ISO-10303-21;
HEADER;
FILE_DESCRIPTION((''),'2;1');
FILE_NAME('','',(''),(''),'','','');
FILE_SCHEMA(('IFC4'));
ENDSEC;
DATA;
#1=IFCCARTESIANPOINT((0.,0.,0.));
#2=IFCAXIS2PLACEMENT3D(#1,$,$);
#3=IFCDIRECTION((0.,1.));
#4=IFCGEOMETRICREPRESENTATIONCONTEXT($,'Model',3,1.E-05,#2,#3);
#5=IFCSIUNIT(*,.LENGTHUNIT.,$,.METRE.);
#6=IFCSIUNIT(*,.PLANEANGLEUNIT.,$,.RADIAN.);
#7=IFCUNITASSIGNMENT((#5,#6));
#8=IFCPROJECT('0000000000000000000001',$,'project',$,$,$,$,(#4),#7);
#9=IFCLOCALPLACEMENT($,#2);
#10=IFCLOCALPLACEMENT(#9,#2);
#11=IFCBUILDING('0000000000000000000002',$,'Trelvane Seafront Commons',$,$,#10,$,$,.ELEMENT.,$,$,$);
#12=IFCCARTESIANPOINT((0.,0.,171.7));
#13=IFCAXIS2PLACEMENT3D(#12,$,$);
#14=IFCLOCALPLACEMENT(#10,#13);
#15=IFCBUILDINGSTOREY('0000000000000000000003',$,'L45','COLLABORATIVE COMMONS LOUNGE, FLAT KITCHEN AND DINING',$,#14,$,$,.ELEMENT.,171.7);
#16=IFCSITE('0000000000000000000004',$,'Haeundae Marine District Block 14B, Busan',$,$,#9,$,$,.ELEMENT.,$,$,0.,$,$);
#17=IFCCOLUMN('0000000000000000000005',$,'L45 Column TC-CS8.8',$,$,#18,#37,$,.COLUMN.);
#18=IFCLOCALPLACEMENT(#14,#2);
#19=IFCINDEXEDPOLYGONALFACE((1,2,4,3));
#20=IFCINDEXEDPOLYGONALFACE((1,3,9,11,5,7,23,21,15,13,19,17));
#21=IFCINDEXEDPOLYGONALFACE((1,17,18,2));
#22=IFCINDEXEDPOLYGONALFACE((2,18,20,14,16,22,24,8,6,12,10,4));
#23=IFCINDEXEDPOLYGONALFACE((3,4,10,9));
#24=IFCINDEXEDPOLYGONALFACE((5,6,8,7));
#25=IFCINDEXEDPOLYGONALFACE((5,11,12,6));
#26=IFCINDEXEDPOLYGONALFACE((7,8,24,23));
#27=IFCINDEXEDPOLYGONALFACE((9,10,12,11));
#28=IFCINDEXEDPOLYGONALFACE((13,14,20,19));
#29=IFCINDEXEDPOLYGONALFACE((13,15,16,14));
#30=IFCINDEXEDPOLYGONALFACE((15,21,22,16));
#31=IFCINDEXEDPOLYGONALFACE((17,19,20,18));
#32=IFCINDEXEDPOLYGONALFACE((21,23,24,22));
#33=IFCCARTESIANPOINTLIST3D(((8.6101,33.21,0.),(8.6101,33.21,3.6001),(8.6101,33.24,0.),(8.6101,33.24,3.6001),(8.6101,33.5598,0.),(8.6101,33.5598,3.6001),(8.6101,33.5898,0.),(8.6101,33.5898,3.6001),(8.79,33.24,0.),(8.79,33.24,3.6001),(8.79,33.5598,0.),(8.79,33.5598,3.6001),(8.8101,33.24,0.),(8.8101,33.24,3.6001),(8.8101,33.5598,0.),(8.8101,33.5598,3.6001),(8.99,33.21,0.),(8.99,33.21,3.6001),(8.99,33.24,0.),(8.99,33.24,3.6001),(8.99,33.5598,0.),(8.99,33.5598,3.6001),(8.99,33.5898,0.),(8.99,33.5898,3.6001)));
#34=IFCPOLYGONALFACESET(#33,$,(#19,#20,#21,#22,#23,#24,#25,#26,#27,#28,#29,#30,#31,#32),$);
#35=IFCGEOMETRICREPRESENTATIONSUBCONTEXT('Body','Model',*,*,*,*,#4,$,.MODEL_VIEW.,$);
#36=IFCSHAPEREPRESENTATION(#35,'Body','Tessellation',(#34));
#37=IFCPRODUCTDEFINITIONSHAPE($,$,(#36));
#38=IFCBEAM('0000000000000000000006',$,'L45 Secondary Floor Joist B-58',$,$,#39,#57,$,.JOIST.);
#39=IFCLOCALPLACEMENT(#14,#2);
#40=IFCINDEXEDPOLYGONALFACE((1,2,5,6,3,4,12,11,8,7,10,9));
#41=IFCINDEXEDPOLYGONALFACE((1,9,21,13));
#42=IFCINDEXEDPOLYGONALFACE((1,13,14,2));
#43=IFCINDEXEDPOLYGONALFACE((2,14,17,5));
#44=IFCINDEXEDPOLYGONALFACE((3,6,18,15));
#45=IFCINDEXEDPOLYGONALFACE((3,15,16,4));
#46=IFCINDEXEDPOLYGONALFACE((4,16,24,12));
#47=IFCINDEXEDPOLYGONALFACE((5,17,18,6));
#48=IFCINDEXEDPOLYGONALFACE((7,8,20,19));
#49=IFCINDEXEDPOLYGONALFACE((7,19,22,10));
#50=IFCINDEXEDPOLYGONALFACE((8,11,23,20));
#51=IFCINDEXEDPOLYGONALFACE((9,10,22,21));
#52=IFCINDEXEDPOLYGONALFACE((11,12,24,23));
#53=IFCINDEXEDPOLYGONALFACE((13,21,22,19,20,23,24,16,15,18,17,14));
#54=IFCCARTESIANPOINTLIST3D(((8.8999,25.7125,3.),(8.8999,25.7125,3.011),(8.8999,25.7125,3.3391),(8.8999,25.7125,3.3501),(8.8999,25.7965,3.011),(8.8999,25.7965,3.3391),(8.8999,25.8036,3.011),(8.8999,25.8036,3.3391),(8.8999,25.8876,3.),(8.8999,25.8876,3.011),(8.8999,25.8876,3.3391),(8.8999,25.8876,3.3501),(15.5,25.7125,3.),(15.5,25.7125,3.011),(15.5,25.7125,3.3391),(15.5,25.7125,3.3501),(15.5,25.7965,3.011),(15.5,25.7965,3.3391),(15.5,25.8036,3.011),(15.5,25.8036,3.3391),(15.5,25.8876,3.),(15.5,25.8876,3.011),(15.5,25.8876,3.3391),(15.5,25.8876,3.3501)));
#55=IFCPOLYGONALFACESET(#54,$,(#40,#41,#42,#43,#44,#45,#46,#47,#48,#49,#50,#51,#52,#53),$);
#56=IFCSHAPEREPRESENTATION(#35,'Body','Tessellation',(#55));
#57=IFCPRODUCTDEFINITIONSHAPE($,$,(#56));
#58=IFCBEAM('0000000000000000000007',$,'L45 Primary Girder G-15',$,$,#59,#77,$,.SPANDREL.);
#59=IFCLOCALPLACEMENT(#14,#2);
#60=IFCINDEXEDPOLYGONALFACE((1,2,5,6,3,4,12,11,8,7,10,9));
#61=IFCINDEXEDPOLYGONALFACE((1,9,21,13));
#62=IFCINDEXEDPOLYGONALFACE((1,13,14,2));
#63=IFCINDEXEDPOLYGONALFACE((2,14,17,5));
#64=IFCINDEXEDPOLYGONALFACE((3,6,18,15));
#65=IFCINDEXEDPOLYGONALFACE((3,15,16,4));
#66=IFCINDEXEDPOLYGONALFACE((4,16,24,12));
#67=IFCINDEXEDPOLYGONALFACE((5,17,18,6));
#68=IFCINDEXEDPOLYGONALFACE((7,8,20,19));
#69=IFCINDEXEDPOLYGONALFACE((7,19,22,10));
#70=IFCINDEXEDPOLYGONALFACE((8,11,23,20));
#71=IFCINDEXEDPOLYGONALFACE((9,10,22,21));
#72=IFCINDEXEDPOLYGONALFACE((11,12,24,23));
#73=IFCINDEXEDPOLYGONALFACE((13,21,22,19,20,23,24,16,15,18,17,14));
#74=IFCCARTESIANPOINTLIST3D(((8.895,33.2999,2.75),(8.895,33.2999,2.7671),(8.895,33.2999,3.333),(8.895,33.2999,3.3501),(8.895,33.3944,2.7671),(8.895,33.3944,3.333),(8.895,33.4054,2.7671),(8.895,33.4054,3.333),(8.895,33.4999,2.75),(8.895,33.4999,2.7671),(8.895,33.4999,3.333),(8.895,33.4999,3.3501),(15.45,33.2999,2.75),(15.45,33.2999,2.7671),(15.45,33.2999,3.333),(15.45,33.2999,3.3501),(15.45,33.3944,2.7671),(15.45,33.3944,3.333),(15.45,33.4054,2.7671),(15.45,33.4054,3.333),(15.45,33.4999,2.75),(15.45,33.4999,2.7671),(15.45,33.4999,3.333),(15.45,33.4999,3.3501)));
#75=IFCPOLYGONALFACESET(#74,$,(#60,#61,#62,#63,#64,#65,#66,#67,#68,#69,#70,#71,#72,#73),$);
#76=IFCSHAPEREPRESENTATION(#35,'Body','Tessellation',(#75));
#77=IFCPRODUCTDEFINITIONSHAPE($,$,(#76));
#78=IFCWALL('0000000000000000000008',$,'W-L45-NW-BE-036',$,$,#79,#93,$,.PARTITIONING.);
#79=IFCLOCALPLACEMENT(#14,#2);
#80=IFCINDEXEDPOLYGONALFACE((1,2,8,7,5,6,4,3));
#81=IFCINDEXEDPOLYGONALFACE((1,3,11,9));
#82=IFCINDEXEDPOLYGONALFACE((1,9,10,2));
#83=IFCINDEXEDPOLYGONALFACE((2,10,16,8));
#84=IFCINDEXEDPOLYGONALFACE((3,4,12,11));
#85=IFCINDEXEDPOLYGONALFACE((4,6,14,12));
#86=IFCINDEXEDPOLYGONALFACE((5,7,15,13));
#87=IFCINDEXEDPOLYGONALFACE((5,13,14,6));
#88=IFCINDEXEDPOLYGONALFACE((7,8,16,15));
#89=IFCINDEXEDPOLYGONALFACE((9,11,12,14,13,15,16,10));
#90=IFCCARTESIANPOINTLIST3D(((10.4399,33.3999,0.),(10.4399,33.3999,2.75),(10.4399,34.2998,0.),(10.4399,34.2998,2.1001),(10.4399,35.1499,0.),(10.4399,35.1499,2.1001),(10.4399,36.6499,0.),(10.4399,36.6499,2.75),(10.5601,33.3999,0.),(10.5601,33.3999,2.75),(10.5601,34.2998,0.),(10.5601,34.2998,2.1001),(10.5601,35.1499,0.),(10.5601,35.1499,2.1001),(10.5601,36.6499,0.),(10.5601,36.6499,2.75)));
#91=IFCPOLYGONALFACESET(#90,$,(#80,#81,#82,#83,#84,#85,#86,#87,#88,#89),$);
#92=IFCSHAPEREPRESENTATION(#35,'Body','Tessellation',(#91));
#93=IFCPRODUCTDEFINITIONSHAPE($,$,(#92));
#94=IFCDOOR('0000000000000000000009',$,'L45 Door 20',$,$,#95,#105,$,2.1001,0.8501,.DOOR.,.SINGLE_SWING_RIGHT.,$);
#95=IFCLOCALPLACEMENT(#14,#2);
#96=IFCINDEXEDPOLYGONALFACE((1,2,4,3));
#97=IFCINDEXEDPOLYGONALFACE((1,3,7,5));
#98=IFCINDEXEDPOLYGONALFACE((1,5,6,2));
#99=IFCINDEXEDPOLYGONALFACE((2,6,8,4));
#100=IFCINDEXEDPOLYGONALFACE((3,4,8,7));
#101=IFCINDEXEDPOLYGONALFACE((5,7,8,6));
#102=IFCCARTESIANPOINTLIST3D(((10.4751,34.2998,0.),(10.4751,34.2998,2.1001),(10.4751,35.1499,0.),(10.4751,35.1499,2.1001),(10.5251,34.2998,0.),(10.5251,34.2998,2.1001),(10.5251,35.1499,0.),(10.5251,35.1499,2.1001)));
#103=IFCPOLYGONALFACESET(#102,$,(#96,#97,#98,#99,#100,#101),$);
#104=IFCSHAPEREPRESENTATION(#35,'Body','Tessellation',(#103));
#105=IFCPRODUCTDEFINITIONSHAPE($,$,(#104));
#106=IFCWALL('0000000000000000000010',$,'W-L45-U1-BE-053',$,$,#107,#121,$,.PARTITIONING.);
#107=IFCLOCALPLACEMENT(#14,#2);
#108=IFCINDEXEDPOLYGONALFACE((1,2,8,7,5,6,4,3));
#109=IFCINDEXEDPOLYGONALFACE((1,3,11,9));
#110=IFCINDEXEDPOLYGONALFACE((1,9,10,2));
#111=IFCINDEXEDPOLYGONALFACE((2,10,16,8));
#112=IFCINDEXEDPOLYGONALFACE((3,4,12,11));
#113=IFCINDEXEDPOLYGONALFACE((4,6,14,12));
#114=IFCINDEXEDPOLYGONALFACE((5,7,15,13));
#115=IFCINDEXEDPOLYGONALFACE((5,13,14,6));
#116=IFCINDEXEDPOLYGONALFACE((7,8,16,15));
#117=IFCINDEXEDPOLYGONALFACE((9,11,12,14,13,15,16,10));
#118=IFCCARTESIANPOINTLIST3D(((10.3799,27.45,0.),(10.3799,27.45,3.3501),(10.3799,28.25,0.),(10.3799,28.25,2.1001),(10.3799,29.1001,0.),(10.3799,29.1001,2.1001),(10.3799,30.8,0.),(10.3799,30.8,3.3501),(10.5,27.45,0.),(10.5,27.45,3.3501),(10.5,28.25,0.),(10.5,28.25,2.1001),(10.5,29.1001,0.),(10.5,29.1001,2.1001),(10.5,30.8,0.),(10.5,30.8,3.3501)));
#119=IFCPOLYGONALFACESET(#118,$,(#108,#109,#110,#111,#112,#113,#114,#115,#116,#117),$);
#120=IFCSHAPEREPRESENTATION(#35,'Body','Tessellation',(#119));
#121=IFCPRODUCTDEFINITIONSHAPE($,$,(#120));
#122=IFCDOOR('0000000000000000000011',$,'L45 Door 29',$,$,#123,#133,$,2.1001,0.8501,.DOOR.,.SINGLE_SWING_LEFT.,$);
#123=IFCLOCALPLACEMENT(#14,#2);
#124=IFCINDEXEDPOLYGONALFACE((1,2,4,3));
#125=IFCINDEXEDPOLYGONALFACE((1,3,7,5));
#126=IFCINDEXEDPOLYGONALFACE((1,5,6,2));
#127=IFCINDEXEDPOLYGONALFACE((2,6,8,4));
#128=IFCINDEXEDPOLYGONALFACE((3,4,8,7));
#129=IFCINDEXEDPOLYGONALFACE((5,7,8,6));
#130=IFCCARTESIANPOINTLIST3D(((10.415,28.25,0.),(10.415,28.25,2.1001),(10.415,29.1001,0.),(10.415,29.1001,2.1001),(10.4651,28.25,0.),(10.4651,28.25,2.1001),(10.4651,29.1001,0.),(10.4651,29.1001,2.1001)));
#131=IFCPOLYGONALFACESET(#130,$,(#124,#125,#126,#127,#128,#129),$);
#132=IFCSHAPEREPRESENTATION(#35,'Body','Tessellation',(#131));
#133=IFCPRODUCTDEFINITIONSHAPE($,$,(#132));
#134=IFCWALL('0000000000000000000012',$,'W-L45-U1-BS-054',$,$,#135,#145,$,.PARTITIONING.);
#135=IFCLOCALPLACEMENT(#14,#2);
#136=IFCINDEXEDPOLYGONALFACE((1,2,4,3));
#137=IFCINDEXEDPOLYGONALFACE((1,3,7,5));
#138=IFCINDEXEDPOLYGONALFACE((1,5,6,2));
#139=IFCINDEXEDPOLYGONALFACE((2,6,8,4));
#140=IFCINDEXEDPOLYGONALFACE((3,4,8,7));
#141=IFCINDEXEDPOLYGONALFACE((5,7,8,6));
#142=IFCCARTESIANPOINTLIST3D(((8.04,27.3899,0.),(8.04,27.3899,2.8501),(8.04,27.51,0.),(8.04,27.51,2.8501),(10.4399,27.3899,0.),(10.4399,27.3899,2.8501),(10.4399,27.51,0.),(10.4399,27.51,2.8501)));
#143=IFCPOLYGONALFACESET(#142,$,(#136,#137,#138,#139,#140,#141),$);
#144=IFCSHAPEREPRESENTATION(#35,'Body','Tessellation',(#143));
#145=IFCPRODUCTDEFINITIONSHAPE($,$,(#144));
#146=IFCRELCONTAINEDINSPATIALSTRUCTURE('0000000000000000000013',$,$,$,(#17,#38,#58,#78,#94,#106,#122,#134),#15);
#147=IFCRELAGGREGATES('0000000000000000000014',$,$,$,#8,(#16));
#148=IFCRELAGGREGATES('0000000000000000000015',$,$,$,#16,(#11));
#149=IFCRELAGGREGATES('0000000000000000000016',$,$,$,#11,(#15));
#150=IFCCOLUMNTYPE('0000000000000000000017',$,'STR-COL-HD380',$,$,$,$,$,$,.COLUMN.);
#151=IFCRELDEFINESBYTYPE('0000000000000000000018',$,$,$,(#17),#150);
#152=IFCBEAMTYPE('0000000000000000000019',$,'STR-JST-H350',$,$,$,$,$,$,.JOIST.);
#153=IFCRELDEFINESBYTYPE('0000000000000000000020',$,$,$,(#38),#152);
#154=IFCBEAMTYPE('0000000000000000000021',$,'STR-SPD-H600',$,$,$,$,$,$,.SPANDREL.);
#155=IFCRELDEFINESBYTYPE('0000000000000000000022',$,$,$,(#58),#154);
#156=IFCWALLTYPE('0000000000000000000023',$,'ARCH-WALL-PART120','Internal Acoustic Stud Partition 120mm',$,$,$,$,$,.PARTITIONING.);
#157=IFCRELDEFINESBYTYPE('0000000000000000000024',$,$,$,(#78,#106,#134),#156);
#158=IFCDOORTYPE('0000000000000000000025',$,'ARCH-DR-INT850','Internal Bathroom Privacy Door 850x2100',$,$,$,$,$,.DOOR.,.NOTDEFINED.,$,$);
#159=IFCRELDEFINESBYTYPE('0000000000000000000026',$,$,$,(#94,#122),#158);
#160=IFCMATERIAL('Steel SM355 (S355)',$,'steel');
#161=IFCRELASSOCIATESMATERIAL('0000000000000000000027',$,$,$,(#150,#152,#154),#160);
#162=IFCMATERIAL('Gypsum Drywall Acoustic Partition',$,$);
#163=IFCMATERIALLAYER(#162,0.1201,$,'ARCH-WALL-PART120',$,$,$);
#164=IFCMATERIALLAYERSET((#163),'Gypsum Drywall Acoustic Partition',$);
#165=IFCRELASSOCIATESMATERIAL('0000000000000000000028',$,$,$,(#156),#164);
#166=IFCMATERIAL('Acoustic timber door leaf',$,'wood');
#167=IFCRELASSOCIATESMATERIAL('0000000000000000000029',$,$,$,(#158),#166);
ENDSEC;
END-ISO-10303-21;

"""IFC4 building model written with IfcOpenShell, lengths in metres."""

from ifc_helpers import new_model, si_unit, direction, frame, frame_2d, origin, origin_2d, place, context, subcontext, project, spatial, rectangle, i_section, extrude, source, transform, mapped, material, layer, layer_set, material_profile, profile_set, type_object, element, fill, save


model = new_model("IFC4")

# Units and contexts
model_context = context("Model", 3, precision=1e-05, world=origin(), true_north=direction((0.0, 1.0)))
body_context = subcontext(model_context, "Body", "Model", "MODEL_VIEW")
ifc_project = project(units=[si_unit("LENGTHUNIT", "METRE"), si_unit("PLANEANGLEUNIT", "RADIAN")], contexts=[model_context])

# Site, building, storey
site_placement = place(None, origin())
site = spatial("IfcSite", under=ifc_project, at=site_placement, Name="Haeundae Marine District Block 14B, Busan", CompositionType="ELEMENT", RefElevation=0.0)
building_placement = place(site_placement, origin())
building = spatial("IfcBuilding", under=site, at=building_placement, Name="Trelvane Seafront Commons", CompositionType="ELEMENT")
storey_placement = place(building_placement, frame((0.0, 0.0, 171.7)))
storey = spatial("IfcBuildingStorey", under=building, at=storey_placement, Name="L45", Description="COLLABORATIVE COMMONS LOUNGE, FLAT KITCHEN AND DINING", CompositionType="ELEMENT", Elevation=171.7)

# Column
ifc_material_1 = material(Name="Steel SM355 (S355)", Category="steel")
ifc_material_profile_1 = material_profile(ifc_material_1, i_section(OverallWidth=0.3799, OverallDepth=0.3799, WebThickness=0.02, FlangeThickness=0.03, at=origin_2d()), Name="HD-380x380x20x30")
ifc_profile_set_1 = profile_set([ifc_material_profile_1], Name="Steel SM355 (S355)")
column_type = type_object("IfcColumnType", Name="STR-COL-HD380", PredefinedType="COLUMN", material=ifc_profile_set_1)
shared_shape_1 = source(origin(), body_context, "Body", "SweptSolid", [
    extrude(i_section(OverallWidth=0.3799, OverallDepth=0.3799, WebThickness=0.02, FlangeThickness=0.03, at=origin_2d()), origin(), (0.0, 0.0, 1.0), 3.6001),
])
column_placement = place(storey_placement, frame((8.8, 33.3999, 0.0), z_axis=(0.0, 0.0, 1.0), x_axis=(1.0, 0.0, 0.0)))
element("IfcColumn", 1, at=column_placement, inside=storey, type_object=column_type, Name="L45 Column TC-CS8.8", PredefinedType="COLUMN", context=body_context, shape_type="MappedRepresentation", body=[
    mapped(shared_shape_1, transform((0.0, 0.0, 0.0), x_axis=(1.0, 0.0, 0.0), y_axis=(0.0, 1.0, 0.0), z_axis=(0.0, 0.0, 1.0), scale=1.0)),
])

# Beams
ifc_material_profile_2 = material_profile(ifc_material_1, i_section(OverallWidth=0.175, OverallDepth=0.3501, WebThickness=0.0071, FlangeThickness=0.011, at=origin_2d()), Name="H-350x175x7x11")
ifc_profile_set_2 = profile_set([ifc_material_profile_2], Name="Steel SM355 (S355)")
beam_type_1 = type_object("IfcBeamType", Name="STR-JST-H350", PredefinedType="JOIST", material=ifc_profile_set_2)
shared_shape_2 = source(origin(), body_context, "Body", "SweptSolid", [
    extrude(i_section(OverallWidth=0.175, OverallDepth=0.3501, WebThickness=0.0071, FlangeThickness=0.011, at=origin_2d()), origin(), (0.0, 0.0, 1.0), 6.6001),
])
beam_1_placement = place(storey_placement, frame((8.8999, 25.8, 3.175), z_axis=(1.0, 0.0, 0.0), x_axis=(0.0, 1.0, 0.0)))
element("IfcBeam", 2, at=beam_1_placement, inside=storey, type_object=beam_type_1, Name="L45 Secondary Floor Joist B-58", PredefinedType="JOIST", context=body_context, shape_type="MappedRepresentation", body=[
    mapped(shared_shape_2, transform((0.0, 0.0, 0.0), x_axis=(1.0, 0.0, 0.0), y_axis=(0.0, 1.0, 0.0), z_axis=(0.0, 0.0, 1.0), scale=1.0)),
])
ifc_material_profile_3 = material_profile(ifc_material_1, i_section(OverallWidth=0.2, OverallDepth=0.6001, WebThickness=0.011, FlangeThickness=0.0171, at=origin_2d()), Name="H-600x200x11x17")
ifc_profile_set_3 = profile_set([ifc_material_profile_3], Name="Steel SM355 (S355)")
beam_type_2 = type_object("IfcBeamType", Name="STR-SPD-H600", PredefinedType="SPANDREL", material=ifc_profile_set_3)
shared_shape_3 = source(origin(), body_context, "Body", "SweptSolid", [
    extrude(i_section(OverallWidth=0.2, OverallDepth=0.6001, WebThickness=0.011, FlangeThickness=0.0171, at=origin_2d()), origin(), (0.0, 0.0, 1.0), 6.5549),
])
beam_2_placement = place(storey_placement, frame((8.895, 33.3999, 3.05), z_axis=(1.0, 0.0, 0.0), x_axis=(0.0, 1.0, 0.0)))
element("IfcBeam", 3, at=beam_2_placement, inside=storey, type_object=beam_type_2, Name="L45 Primary Girder G-15", PredefinedType="SPANDREL", context=body_context, shape_type="MappedRepresentation", body=[
    mapped(shared_shape_3, transform((0.0, 0.0, 0.0), x_axis=(1.0, 0.0, 0.0), y_axis=(0.0, 1.0, 0.0), z_axis=(0.0, 0.0, 1.0), scale=1.0)),
])

# Walls, openings, doors
ifc_material_2 = material(Name="Gypsum Drywall Acoustic Partition")
ifc_layer_1 = layer(ifc_material_2, 0.1201, Name="ARCH-WALL-PART120")
ifc_layer_set_1 = layer_set([ifc_layer_1], Name="Gypsum Drywall Acoustic Partition")
wall_type_1 = type_object("IfcWallType", Name="ARCH-WALL-PART120", Description="Internal Acoustic Stud Partition 120mm", PredefinedType="PARTITIONING", material=ifc_layer_set_1)
wall_1_placement = place(storey_placement, frame((10.5, 33.3999, 0.0), z_axis=(0.0, 0.0, 1.0), x_axis=(0.0, 1.0, 0.0)))
wall_1 = element("IfcWall", 4, at=wall_1_placement, inside=storey, type_object=wall_type_1, Name="W-L45-NW-BE-036", PredefinedType="PARTITIONING", context=body_context, shape_type="SweptSolid", body=[
    extrude(rectangle(XDim=3.25, YDim=0.1201, at=frame_2d((1.625, 0.0))), origin(), (0.0, 0.0, 1.0), 2.75),
])
opening_1_placement = place(wall_1_placement, frame((0.8999, 0.0, 0.0)))
opening_1 = element("IfcOpeningElement", 5, at=opening_1_placement, cuts=wall_1, PredefinedType="OPENING", context=body_context, shape_type="SweptSolid", body=[
    extrude(rectangle(XDim=0.8501, YDim=2.1001, at=frame_2d((0.425, 1.05))), frame((0.0, 0.0701, 0.0), z_axis=(0.0, -1.0, 0.0), x_axis=(1.0, 0.0, 0.0)), (0.0, 0.0, 1.0), 0.1401),
])
ifc_material_3 = material(Name="Acoustic timber door leaf", Category="wood")
door_type_1 = type_object("IfcDoorType", Name="ARCH-DR-INT850", Description="Internal Bathroom Privacy Door 850x2100", OperationType="NOTDEFINED", PredefinedType="DOOR", material=ifc_material_3)
shared_shape_4 = source(origin(), body_context, "Body", "SweptSolid", [
    extrude(rectangle(XDim=0.8501, YDim=2.1001, at=frame_2d((0.425, 1.05))), frame((0.0, 0.0249, 0.0), z_axis=(0.0, -1.0, 0.0), x_axis=(1.0, 0.0, 0.0)), (0.0, 0.0, 1.0), 0.05),
])
door_1_placement = place(opening_1_placement, origin())
door_1 = element("IfcDoor", 6, at=door_1_placement, inside=storey, type_object=door_type_1, Name="L45 Door 20", OperationType="SINGLE_SWING_RIGHT", OverallHeight=2.1001, OverallWidth=0.8501, PredefinedType="DOOR", context=body_context, shape_type="MappedRepresentation", body=[
    mapped(shared_shape_4, transform((0.0, 0.0, 0.0), x_axis=(1.0, 0.0, 0.0), y_axis=(0.0, 1.0, 0.0), z_axis=(0.0, 0.0, 1.0), scale=1.0)),
])
fill(opening_1, door_1)
wall_2_placement = place(storey_placement, frame((10.4399, 27.45, 0.0), z_axis=(0.0, 0.0, 1.0), x_axis=(0.0, 1.0, 0.0)))
wall_2 = element("IfcWall", 7, at=wall_2_placement, inside=storey, type_object=wall_type_1, Name="W-L45-U1-BE-053", PredefinedType="PARTITIONING", context=body_context, shape_type="SweptSolid", body=[
    extrude(rectangle(XDim=3.3501, YDim=0.1201, at=frame_2d((1.675, 0.0))), origin(), (0.0, 0.0, 1.0), 3.3501),
])
opening_2_placement = place(wall_2_placement, frame((0.8, 0.0, 0.0)))
opening_2 = element("IfcOpeningElement", 8, at=opening_2_placement, cuts=wall_2, PredefinedType="OPENING", context=body_context, shape_type="SweptSolid", body=[
    extrude(rectangle(XDim=0.8501, YDim=2.1001, at=frame_2d((0.425, 1.05))), frame((0.0, 0.0701, 0.0), z_axis=(0.0, -1.0, 0.0), x_axis=(1.0, 0.0, 0.0)), (0.0, 0.0, 1.0), 0.1401),
])
door_2_placement = place(opening_2_placement, origin())
door_2 = element("IfcDoor", 9, at=door_2_placement, inside=storey, type_object=door_type_1, Name="L45 Door 29", OperationType="SINGLE_SWING_LEFT", OverallHeight=2.1001, OverallWidth=0.8501, PredefinedType="DOOR", context=body_context, shape_type="MappedRepresentation", body=[
    mapped(shared_shape_4, transform((0.0, 0.0, 0.0), x_axis=(1.0, 0.0, 0.0), y_axis=(0.0, 1.0, 0.0), z_axis=(0.0, 0.0, 1.0), scale=1.0)),
])
fill(opening_2, door_2)

# Wall
wall_3_placement = place(storey_placement, frame((8.04, 27.45, 0.0), z_axis=(0.0, 0.0, 1.0), x_axis=(1.0, 0.0, 0.0)))
element("IfcWall", 10, at=wall_3_placement, inside=storey, type_object=wall_type_1, Name="W-L45-U1-BS-054", PredefinedType="PARTITIONING", context=body_context, shape_type="SweptSolid", body=[
    extrude(rectangle(XDim=2.3999, YDim=0.1201, at=frame_2d((1.2, 0.0))), origin(), (0.0, 0.0, 1.0), 2.8501),
])

save(model, "model.ifc")
